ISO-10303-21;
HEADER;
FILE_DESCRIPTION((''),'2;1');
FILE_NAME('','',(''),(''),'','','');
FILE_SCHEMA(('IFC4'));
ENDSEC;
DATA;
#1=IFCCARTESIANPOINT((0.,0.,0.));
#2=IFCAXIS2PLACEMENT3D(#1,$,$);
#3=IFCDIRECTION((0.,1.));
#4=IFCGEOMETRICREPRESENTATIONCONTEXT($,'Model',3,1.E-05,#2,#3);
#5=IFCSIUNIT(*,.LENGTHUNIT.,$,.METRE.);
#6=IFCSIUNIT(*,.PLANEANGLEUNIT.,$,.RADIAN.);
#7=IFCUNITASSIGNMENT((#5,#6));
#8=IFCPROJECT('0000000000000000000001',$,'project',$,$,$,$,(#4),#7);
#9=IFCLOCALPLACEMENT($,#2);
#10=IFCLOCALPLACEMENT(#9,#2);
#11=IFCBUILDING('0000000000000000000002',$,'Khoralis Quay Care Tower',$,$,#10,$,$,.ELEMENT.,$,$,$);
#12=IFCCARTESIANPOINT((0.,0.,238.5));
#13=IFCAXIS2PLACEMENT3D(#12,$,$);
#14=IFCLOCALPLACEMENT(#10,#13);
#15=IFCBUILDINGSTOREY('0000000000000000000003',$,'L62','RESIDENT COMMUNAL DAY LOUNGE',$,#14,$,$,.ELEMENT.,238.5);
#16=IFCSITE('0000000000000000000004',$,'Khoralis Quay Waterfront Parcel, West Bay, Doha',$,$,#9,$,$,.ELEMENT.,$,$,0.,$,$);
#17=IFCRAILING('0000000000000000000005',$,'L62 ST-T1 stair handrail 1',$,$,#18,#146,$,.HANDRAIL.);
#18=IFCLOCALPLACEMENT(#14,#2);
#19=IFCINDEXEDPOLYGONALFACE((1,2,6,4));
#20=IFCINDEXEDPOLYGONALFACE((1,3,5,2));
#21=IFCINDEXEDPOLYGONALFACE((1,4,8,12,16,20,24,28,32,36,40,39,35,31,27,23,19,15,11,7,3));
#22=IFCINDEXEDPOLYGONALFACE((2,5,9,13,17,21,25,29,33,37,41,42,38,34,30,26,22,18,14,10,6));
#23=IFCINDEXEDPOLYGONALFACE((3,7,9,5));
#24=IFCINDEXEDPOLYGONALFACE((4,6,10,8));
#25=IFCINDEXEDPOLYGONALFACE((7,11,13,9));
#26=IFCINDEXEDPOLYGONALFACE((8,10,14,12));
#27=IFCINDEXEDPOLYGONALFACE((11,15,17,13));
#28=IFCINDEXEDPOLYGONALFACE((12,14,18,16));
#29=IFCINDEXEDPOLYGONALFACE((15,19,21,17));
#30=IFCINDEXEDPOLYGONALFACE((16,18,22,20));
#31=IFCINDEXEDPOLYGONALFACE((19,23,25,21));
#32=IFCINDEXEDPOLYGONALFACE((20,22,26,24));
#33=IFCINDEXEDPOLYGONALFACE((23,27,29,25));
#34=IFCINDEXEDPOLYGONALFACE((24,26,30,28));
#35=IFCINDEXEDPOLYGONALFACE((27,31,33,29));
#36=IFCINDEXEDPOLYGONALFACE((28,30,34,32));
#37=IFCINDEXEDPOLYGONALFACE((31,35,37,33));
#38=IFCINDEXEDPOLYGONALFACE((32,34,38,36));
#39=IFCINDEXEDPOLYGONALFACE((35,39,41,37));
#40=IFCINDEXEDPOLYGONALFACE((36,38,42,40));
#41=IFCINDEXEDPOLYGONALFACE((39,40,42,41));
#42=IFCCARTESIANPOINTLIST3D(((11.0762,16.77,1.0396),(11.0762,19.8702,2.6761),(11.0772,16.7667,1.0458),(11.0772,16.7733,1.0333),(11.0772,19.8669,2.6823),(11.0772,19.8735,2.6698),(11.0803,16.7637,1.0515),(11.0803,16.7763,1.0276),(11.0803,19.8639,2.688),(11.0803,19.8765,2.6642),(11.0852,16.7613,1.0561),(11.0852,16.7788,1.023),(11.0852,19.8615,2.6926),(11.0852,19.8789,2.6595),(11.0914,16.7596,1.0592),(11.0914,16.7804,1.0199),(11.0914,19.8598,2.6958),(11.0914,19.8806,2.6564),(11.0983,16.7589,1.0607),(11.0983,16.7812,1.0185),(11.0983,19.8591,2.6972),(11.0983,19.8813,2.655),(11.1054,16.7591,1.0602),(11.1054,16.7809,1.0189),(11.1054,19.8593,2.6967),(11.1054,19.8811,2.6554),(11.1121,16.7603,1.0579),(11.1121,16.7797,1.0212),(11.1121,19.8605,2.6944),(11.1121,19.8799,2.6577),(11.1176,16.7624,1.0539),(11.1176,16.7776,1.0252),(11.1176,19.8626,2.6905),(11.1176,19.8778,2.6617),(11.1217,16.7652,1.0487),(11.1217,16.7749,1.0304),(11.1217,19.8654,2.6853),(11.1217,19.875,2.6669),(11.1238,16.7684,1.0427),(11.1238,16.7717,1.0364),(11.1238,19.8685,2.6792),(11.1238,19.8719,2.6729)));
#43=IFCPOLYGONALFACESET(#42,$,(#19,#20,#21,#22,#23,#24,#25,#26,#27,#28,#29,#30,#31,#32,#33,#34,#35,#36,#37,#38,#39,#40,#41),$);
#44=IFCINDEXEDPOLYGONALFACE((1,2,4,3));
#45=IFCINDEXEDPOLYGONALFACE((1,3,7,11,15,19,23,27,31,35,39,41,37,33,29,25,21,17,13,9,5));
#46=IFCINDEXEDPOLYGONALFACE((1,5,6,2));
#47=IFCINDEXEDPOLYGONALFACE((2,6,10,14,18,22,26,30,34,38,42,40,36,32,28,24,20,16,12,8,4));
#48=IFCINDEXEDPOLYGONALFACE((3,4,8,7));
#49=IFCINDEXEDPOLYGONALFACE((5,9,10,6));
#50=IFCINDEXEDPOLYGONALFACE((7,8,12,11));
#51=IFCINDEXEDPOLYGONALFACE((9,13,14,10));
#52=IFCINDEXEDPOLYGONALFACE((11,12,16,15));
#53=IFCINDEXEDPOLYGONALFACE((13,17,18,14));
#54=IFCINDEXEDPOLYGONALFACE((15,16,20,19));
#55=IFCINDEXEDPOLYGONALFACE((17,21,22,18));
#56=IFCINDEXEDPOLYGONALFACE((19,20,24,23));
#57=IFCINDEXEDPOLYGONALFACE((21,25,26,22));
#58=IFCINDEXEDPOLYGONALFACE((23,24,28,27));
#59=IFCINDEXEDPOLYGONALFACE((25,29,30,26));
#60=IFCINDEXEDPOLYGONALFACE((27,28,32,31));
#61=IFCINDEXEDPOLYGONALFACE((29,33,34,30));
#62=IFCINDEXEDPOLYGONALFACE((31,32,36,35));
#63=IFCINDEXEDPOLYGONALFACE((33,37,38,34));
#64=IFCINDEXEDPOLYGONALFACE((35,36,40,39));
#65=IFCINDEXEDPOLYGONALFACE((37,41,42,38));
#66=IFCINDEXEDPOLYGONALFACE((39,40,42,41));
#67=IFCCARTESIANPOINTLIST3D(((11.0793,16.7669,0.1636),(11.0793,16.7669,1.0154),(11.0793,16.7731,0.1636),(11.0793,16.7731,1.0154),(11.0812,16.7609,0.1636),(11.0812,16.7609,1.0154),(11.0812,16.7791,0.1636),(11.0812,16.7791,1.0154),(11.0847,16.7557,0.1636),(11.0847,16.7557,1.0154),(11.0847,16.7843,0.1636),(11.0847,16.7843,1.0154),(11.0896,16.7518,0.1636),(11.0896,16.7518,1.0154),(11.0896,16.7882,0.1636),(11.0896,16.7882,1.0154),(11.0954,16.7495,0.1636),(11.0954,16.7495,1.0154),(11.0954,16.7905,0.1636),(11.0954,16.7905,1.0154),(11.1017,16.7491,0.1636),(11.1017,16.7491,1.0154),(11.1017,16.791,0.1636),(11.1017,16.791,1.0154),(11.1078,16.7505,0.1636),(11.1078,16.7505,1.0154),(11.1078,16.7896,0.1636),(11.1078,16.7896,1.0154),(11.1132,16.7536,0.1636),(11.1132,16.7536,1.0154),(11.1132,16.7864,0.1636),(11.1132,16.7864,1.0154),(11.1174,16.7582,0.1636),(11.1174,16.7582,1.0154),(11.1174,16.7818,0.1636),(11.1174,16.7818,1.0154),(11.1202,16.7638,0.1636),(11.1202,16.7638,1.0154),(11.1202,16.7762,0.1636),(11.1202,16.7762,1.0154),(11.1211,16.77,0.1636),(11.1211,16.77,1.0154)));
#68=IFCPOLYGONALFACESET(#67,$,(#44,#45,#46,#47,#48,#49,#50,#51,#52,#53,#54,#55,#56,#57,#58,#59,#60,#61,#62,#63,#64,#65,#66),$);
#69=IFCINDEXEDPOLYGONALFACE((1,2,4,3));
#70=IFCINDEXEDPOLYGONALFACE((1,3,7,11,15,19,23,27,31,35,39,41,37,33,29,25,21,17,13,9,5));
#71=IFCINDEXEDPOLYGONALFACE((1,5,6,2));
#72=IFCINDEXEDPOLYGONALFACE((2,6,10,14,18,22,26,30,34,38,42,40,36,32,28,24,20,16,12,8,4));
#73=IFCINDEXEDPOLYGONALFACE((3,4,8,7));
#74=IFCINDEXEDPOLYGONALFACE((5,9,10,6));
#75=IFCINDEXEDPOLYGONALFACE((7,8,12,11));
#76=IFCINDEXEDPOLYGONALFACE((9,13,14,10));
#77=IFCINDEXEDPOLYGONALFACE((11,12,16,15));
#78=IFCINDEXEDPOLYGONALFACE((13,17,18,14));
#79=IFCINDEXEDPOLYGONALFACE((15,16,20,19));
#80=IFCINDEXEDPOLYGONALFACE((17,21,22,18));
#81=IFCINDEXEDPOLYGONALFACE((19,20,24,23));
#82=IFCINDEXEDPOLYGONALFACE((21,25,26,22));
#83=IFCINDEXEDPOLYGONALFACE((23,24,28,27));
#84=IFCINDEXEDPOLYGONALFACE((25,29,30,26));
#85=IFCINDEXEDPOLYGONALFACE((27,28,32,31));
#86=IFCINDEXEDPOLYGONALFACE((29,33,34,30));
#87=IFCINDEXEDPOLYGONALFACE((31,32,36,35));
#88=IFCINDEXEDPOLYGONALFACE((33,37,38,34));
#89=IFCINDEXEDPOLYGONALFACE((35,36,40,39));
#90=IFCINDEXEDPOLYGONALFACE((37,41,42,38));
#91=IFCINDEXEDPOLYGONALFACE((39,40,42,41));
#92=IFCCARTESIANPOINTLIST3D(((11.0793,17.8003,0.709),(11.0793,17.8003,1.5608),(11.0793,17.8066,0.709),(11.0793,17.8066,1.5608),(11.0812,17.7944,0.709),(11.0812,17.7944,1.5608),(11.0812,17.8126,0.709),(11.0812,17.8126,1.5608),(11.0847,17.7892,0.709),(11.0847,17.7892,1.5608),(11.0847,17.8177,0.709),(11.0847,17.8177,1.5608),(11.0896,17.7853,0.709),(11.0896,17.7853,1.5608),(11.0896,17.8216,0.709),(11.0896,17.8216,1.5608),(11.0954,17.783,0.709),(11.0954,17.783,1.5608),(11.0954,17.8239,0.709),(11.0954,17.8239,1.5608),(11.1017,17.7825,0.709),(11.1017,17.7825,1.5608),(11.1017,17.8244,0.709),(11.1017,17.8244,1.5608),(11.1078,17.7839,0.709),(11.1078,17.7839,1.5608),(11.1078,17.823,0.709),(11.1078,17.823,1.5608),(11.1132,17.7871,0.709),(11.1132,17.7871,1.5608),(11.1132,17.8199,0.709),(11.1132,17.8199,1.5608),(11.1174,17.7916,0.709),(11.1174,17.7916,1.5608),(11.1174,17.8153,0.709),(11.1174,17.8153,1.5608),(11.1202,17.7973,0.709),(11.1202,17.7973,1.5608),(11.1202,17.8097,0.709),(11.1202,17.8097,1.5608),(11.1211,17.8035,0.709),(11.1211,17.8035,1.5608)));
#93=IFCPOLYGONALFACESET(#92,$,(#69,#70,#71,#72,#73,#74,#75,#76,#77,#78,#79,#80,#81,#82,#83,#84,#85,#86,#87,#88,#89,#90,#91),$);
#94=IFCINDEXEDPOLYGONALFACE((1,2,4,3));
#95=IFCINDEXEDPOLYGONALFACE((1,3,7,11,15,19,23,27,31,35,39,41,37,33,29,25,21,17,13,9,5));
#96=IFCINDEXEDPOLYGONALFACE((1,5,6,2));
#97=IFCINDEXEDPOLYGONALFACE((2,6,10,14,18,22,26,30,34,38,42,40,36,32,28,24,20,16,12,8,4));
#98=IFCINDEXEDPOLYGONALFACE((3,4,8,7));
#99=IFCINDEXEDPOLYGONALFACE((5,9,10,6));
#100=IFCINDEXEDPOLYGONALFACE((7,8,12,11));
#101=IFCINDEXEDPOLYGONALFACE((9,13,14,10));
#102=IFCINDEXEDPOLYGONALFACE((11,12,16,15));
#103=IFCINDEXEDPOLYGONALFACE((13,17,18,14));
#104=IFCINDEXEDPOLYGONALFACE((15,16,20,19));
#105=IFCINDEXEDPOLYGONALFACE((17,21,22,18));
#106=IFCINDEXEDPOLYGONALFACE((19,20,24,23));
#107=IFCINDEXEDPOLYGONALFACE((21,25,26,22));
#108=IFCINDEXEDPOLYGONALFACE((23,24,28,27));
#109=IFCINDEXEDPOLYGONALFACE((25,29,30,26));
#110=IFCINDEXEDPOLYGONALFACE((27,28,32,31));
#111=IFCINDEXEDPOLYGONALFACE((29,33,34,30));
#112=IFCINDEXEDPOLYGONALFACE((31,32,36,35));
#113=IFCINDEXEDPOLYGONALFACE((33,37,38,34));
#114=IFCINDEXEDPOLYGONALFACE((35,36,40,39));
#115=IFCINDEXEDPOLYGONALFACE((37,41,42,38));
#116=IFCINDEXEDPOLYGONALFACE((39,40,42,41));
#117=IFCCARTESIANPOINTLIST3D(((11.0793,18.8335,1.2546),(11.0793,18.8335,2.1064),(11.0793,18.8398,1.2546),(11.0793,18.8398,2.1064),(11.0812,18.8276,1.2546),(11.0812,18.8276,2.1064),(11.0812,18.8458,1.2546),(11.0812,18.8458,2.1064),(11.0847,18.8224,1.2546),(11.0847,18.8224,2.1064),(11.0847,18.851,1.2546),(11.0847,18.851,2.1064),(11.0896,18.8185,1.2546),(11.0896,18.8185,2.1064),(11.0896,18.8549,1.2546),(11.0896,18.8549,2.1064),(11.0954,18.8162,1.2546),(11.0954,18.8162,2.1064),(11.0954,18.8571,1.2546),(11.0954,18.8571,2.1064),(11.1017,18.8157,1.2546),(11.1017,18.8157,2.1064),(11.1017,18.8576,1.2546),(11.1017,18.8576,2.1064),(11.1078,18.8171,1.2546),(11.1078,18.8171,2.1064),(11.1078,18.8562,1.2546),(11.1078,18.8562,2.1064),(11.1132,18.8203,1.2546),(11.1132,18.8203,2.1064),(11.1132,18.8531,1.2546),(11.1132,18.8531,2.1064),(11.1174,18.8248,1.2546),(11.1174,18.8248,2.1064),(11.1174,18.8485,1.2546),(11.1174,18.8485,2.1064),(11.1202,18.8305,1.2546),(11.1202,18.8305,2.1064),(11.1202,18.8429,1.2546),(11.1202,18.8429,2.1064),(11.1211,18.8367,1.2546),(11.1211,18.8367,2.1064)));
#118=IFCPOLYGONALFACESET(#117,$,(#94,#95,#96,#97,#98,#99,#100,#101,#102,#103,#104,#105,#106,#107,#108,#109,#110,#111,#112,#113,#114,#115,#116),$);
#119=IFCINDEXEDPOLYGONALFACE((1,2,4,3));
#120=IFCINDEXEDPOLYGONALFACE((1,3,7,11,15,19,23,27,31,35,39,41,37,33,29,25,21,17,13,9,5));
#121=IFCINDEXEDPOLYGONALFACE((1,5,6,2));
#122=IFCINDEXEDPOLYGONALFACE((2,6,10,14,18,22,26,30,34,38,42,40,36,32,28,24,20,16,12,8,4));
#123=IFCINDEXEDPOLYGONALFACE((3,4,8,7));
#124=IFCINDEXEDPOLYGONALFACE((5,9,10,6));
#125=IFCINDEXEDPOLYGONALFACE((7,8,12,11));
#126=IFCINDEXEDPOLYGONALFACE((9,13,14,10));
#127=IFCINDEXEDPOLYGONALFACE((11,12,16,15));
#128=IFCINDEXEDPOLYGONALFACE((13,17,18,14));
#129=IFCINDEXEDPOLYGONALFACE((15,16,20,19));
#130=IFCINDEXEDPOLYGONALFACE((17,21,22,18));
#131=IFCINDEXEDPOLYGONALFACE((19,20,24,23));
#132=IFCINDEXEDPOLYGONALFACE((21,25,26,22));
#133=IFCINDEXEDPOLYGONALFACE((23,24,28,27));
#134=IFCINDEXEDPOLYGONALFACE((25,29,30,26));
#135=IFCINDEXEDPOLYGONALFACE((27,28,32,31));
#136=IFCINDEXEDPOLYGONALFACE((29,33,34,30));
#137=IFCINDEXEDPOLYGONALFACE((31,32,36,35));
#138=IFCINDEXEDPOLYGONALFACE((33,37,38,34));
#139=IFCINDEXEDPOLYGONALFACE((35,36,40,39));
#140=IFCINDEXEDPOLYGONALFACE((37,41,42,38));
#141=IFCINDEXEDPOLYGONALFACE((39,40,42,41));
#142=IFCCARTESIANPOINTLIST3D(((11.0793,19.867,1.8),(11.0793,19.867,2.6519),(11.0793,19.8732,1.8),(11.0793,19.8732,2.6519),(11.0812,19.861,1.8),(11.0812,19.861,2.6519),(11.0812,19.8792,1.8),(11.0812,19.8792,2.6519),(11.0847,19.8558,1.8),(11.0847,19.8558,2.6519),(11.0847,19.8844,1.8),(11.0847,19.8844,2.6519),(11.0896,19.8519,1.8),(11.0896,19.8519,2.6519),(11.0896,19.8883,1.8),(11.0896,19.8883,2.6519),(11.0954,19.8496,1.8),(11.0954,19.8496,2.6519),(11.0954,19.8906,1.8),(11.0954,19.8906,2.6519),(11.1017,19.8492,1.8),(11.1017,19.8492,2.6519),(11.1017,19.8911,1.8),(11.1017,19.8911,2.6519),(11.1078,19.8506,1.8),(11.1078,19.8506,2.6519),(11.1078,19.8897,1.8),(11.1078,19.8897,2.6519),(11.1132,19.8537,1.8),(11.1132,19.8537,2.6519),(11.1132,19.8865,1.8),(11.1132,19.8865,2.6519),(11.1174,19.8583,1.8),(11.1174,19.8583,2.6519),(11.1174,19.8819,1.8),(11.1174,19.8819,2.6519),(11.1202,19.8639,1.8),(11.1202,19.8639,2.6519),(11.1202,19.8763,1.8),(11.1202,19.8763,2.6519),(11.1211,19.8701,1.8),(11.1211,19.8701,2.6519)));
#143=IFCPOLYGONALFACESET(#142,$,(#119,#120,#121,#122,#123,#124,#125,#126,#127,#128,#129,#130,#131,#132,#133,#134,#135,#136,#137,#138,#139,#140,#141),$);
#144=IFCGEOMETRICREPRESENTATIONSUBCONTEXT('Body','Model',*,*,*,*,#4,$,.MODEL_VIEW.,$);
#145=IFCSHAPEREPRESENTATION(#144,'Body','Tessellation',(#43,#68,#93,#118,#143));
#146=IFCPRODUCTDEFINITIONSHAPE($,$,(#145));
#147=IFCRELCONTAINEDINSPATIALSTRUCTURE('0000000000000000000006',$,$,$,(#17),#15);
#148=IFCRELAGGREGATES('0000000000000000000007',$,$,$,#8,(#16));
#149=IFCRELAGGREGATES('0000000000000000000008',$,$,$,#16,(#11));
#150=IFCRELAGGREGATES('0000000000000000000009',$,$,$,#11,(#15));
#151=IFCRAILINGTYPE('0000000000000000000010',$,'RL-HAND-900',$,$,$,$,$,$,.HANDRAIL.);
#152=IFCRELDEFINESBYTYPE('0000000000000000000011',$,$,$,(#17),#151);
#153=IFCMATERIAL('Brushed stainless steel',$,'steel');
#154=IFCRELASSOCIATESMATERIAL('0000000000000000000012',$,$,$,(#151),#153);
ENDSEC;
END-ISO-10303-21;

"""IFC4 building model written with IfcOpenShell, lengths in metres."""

from ifc_helpers import new_model, si_unit, direction, frame, origin, origin_2d, place, context, subcontext, project, spatial, circle, extrude, material, type_object, element, save


model = new_model("IFC4")

# Units and contexts
model_context = context("Model", 3, precision=1e-05, world=origin(), true_north=direction((0.0, 1.0)))
body_context = subcontext(model_context, "Body", "Model", "MODEL_VIEW")
ifc_project = project(units=[si_unit("LENGTHUNIT", "METRE"), si_unit("PLANEANGLEUNIT", "RADIAN")], contexts=[model_context])

# Site, building, storey
site_placement = place(None, origin())
site = spatial("IfcSite", under=ifc_project, at=site_placement, Name="Khoralis Quay Waterfront Parcel, West Bay, Doha", CompositionType="ELEMENT", RefElevation=0.0)
building_placement = place(site_placement, origin())
building = spatial("IfcBuilding", under=site, at=building_placement, Name="Khoralis Quay Care Tower", CompositionType="ELEMENT")
storey_placement = place(building_placement, frame((0.0, 0.0, 238.5)))
storey = spatial("IfcBuildingStorey", under=building, at=storey_placement, Name="L62", Description="RESIDENT COMMUNAL DAY LOUNGE", CompositionType="ELEMENT", Elevation=238.5)

# Railing
ifc_material_1 = material(Name="Brushed stainless steel", Category="steel")
railing_type_1 = type_object("IfcRailingType", Name="RL-HAND-900", PredefinedType="HANDRAIL", material=ifc_material_1)
railing_1_placement = place(storey_placement, frame((11.1001, 16.77, 0.1636)))
element("IfcRailing", 1, at=railing_1_placement, inside=storey, type_object=railing_type_1, Name="L62 ST-T1 stair handrail 1", PredefinedType="HANDRAIL", context=body_context, shape_type="SweptSolid", body=[
    extrude(circle(Radius=0.0239, at=origin_2d()), frame((0.0, 0.0, 0.876), z_axis=(0.0, 0.884348, 0.466828), x_axis=(-1.0, 0.0, 0.0)), (0.0, 0.0, 1.0), 3.5056),
    extrude(circle(Radius=0.021, at=origin_2d()), origin(), (0.0, 0.0, 1.0), 0.8518),
    extrude(circle(Radius=0.021, at=origin_2d()), frame((0.0, 1.0334, 0.5454)), (0.0, 0.0, 1.0), 0.8518),
    extrude(circle(Radius=0.021, at=origin_2d()), frame((0.0, 2.0667, 1.0911)), (0.0, 0.0, 1.0), 0.8518),
    extrude(circle(Radius=0.021, at=origin_2d()), frame((0.0, 3.1001, 1.6365)), (0.0, 0.0, 1.0), 0.8518),
])

save(model, "model.ifc")
